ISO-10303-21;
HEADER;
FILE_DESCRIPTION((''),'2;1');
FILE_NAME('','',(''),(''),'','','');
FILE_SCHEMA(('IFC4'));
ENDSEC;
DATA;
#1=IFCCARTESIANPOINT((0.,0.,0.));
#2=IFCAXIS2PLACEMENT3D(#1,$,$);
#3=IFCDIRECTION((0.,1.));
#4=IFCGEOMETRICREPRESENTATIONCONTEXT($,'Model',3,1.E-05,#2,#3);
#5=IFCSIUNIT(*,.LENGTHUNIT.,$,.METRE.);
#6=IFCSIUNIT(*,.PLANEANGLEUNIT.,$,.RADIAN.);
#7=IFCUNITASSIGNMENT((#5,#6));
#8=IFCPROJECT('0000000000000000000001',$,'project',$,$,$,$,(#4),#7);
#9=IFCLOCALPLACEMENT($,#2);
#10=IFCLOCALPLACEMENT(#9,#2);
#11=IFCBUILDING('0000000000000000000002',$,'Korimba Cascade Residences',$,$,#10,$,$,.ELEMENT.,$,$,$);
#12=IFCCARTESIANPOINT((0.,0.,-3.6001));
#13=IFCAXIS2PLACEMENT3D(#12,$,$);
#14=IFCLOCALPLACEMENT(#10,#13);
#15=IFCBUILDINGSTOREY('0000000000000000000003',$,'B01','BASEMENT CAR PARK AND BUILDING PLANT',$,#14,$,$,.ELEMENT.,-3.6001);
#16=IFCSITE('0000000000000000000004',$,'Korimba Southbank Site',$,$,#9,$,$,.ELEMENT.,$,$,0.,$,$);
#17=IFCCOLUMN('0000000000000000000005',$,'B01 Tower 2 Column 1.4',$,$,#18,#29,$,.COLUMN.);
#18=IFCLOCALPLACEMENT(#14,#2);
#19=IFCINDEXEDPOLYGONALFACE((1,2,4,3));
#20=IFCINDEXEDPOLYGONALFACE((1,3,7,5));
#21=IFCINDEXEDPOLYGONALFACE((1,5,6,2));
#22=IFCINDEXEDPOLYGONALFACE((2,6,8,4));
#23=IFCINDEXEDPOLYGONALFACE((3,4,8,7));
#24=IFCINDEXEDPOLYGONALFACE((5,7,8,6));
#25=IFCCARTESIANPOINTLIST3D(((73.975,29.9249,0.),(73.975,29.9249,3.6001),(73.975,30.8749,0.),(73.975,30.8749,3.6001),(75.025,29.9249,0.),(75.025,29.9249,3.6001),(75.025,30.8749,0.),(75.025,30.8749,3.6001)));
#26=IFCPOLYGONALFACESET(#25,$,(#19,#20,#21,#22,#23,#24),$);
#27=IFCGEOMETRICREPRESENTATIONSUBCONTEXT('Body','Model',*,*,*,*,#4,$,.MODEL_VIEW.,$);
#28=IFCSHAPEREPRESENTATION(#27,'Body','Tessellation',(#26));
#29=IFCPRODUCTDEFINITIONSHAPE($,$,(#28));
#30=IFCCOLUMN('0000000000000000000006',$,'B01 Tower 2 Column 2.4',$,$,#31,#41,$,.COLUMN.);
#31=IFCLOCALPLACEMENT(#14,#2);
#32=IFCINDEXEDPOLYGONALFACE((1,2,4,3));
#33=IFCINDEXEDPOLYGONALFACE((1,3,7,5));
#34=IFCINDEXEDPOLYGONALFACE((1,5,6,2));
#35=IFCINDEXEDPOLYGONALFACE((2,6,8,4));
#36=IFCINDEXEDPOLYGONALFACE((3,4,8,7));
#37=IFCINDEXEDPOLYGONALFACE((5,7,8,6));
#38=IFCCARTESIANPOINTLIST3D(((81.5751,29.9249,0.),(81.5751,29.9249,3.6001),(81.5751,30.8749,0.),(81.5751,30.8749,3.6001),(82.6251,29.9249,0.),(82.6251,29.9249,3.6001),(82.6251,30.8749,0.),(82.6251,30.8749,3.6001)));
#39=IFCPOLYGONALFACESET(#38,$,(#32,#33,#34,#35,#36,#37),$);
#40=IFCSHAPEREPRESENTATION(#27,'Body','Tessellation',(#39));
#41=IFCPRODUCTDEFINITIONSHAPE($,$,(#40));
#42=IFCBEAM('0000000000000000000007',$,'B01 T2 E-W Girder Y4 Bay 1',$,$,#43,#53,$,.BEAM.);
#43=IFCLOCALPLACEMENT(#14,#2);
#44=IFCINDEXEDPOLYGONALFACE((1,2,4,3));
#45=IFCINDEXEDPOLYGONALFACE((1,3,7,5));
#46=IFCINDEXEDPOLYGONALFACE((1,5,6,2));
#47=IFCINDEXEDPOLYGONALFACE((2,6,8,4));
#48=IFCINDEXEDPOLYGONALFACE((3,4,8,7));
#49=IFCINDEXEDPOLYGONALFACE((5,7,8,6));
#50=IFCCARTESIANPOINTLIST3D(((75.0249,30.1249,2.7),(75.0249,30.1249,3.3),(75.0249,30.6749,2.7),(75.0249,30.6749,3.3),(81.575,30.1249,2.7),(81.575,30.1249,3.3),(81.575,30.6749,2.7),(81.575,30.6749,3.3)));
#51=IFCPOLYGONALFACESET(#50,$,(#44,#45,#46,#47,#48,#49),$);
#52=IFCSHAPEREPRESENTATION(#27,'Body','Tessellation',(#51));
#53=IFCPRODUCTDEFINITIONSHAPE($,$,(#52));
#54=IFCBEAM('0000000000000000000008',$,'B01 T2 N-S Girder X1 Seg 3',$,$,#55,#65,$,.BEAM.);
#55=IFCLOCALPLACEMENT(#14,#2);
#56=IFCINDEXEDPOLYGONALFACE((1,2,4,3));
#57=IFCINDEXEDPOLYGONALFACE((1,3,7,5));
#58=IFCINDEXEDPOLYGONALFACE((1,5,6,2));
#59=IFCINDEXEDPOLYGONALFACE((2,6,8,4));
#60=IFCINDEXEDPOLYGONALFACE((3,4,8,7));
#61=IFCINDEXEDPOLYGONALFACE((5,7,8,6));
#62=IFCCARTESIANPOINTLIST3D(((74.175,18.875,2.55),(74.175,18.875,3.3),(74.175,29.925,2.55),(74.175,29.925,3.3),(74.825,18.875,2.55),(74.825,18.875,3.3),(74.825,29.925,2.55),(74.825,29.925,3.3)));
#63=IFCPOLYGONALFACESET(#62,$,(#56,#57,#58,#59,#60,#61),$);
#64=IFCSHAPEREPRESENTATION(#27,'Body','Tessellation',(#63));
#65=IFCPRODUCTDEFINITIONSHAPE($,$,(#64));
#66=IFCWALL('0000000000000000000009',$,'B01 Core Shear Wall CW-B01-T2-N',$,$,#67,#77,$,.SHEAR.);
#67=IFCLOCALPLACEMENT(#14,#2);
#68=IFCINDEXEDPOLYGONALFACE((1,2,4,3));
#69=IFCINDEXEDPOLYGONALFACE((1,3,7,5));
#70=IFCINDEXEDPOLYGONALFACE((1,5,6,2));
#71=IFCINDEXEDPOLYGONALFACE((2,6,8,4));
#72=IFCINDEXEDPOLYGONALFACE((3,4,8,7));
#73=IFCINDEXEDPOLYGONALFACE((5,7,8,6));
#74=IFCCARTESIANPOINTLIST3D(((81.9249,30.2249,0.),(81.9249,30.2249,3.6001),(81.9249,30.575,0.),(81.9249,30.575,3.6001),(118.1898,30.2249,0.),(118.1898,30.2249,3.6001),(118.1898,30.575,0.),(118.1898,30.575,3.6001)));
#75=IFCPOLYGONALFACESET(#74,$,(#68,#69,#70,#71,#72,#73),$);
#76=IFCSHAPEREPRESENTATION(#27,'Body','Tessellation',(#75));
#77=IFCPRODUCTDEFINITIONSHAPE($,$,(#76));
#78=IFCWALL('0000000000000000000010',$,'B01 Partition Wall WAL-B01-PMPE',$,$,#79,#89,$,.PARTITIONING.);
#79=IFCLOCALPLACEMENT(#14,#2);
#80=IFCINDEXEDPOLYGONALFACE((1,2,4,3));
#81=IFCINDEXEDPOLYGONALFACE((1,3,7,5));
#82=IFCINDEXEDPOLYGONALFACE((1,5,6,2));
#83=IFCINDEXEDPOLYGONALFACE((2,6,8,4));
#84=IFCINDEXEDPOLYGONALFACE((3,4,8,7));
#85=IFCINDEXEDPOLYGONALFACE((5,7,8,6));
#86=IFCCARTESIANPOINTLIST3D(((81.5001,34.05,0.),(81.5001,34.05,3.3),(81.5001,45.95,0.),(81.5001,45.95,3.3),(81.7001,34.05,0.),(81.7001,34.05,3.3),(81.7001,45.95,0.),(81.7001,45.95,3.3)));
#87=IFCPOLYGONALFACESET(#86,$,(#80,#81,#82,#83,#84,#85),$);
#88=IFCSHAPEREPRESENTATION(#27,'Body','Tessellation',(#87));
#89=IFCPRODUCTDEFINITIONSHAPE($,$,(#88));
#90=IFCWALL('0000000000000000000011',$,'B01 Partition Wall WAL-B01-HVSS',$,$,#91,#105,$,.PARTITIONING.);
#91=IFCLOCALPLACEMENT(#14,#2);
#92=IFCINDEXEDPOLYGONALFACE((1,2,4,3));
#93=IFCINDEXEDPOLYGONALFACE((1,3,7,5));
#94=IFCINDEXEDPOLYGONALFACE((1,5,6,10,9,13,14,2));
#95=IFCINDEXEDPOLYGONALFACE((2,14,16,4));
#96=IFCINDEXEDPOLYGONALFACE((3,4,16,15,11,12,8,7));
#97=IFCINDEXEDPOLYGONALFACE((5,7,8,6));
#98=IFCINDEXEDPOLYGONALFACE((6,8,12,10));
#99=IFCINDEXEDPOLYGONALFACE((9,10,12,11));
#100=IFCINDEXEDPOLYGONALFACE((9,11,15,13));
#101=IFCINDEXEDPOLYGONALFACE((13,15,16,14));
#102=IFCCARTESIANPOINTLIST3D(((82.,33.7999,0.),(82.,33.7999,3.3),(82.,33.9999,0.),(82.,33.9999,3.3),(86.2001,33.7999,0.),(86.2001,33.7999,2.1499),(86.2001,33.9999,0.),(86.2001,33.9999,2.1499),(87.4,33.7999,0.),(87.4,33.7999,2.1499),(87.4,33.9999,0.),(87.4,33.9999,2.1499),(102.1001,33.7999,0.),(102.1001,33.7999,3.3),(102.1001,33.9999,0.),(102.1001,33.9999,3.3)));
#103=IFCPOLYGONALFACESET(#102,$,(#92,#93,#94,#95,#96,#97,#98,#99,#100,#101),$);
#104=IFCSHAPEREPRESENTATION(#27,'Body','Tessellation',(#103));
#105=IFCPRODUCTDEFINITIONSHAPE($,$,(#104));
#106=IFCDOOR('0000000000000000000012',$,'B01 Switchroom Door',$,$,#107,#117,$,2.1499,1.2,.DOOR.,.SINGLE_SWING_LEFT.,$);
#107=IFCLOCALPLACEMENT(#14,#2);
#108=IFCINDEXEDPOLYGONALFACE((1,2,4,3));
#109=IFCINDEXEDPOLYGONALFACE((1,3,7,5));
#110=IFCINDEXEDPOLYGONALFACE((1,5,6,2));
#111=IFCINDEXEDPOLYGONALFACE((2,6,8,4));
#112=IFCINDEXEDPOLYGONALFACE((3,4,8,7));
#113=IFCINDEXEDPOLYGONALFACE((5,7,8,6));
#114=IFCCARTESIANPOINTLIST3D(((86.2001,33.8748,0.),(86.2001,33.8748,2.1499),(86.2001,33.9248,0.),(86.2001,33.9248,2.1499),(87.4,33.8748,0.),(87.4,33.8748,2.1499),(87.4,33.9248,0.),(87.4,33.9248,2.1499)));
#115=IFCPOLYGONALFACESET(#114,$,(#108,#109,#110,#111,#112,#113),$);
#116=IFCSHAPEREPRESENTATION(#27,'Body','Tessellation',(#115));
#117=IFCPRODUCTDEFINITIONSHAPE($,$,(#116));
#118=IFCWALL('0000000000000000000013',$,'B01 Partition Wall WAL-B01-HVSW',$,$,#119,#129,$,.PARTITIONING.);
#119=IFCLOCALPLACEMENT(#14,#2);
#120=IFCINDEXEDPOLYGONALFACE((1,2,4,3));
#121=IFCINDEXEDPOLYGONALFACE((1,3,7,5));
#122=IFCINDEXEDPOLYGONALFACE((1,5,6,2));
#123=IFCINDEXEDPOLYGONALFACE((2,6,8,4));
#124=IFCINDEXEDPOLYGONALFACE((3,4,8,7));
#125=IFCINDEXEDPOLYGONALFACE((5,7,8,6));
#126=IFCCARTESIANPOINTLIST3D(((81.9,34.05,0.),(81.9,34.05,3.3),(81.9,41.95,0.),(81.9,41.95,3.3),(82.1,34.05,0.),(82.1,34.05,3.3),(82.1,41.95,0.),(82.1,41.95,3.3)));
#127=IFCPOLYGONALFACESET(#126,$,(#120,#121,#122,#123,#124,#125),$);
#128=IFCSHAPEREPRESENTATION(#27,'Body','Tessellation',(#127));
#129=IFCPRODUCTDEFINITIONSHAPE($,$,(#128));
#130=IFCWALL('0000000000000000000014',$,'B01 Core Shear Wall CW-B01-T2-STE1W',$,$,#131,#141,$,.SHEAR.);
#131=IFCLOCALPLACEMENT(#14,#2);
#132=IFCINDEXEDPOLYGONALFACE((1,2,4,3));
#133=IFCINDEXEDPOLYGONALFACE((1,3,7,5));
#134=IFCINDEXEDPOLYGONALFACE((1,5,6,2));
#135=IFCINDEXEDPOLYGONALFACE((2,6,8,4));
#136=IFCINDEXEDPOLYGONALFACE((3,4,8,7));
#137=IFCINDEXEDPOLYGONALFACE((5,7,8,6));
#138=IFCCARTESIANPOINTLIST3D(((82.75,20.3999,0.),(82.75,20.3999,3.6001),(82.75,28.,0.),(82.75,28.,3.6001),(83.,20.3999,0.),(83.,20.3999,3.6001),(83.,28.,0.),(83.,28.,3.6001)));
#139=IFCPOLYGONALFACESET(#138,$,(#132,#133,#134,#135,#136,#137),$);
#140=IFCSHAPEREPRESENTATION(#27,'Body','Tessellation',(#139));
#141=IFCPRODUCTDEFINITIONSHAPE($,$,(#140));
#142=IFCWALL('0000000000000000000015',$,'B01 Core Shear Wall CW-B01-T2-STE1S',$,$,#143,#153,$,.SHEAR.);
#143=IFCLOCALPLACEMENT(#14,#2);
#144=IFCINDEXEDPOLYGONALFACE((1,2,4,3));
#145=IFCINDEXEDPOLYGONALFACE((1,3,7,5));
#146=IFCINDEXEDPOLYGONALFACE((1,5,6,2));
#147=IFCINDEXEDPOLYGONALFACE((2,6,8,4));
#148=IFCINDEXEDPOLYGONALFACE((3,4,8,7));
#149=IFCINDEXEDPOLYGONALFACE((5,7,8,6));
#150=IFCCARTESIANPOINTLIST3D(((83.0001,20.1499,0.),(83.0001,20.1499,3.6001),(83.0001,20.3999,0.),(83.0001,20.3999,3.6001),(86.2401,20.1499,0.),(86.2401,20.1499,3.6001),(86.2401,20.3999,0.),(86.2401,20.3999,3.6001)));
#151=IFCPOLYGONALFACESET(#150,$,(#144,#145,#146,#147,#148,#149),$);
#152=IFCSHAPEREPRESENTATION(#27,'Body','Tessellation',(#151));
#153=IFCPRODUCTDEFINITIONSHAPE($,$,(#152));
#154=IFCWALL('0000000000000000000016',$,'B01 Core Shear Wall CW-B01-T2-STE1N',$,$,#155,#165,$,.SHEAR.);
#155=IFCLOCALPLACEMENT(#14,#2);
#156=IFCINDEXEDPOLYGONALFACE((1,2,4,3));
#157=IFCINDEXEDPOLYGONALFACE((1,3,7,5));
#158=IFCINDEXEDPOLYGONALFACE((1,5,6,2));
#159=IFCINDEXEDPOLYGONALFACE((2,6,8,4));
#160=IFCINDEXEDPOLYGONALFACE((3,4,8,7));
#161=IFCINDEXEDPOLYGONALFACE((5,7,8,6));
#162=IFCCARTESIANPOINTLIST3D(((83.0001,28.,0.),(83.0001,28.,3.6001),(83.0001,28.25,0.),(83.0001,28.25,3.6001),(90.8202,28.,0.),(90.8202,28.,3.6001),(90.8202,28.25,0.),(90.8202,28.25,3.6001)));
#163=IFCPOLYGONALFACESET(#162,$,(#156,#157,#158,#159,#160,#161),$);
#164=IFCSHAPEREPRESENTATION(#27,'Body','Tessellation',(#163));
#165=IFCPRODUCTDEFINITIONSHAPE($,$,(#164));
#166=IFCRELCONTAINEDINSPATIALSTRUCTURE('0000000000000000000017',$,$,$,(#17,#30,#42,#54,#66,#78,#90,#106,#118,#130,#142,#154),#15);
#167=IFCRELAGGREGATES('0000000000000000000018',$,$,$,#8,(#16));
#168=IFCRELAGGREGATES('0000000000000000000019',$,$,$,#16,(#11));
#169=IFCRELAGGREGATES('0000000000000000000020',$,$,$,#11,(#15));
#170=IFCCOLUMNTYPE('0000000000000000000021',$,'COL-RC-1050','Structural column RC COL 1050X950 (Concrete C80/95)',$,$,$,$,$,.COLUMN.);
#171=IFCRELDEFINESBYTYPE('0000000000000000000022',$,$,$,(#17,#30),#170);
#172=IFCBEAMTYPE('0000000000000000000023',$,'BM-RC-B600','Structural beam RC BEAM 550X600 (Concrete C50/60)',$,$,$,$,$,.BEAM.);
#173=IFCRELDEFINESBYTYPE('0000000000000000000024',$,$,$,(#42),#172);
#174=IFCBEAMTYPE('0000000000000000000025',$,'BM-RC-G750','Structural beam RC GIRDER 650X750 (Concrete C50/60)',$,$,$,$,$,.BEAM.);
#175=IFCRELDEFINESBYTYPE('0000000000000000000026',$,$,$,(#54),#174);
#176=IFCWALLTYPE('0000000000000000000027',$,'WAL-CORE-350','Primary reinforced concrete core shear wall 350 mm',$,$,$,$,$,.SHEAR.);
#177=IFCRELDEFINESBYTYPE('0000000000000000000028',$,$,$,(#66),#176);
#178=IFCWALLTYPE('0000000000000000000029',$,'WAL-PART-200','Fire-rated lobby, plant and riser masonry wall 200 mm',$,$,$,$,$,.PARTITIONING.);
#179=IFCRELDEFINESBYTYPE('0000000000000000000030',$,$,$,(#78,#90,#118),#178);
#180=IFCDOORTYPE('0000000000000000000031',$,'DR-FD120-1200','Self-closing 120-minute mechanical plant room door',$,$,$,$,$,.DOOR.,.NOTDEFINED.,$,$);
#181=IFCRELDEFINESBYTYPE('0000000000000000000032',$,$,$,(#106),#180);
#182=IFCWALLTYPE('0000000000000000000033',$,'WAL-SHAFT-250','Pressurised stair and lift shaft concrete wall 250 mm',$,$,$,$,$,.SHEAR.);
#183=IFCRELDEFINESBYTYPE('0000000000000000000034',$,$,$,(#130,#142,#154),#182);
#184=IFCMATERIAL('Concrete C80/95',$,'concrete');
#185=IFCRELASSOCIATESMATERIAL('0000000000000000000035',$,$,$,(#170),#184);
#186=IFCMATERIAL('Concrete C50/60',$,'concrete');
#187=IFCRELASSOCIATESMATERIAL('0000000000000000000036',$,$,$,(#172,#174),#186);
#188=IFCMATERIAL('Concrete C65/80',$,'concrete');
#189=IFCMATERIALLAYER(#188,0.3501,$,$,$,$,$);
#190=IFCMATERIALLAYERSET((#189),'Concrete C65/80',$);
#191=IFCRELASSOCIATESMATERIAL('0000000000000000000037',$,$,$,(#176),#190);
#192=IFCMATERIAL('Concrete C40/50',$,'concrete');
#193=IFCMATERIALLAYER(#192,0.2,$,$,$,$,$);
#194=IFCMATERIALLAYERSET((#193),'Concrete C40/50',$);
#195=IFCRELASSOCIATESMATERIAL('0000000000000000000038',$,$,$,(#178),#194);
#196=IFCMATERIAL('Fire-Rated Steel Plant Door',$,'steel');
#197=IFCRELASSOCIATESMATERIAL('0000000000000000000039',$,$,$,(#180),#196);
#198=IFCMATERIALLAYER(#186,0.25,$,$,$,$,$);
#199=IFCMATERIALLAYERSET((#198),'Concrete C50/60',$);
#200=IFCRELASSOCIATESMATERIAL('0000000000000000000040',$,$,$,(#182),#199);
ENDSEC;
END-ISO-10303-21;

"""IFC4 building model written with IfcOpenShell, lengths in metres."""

from ifc_helpers import new_model, si_unit, direction, frame, frame_2d, origin, origin_2d, place, context, subcontext, project, spatial, rectangle, extrude, material, layer, layer_set, material_profile, profile_set, type_object, element, fill, save


model = new_model("IFC4")

# Units and contexts
model_context = context("Model", 3, precision=1e-05, world=origin(), true_north=direction((0.0, 1.0)))
body_context = subcontext(model_context, "Body", "Model", "MODEL_VIEW")
ifc_project = project(units=[si_unit("LENGTHUNIT", "METRE"), si_unit("PLANEANGLEUNIT", "RADIAN")], contexts=[model_context])

# Site, building, storey
site_placement = place(None, origin())
site = spatial("IfcSite", under=ifc_project, at=site_placement, Name="Korimba Southbank Site", CompositionType="ELEMENT", RefElevation=0.0)
building_placement = place(site_placement, origin())
building = spatial("IfcBuilding", under=site, at=building_placement, Name="Korimba Cascade Residences", CompositionType="ELEMENT")
storey_placement = place(building_placement, frame((0.0, 0.0, -3.6001)))
storey = spatial("IfcBuildingStorey", under=building, at=storey_placement, Name="B01", Description="BASEMENT CAR PARK AND BUILDING PLANT", CompositionType="ELEMENT", Elevation=-3.6001)

# Columns
ifc_material_1 = material(Name="Concrete C80/95", Category="concrete")
ifc_material_profile_1 = material_profile(ifc_material_1, rectangle(XDim=1.05, YDim=0.95, at=origin_2d()), Name="Concrete C80/95")
ifc_profile_set_1 = profile_set([ifc_material_profile_1], Name="Concrete C80/95")
column_type = type_object("IfcColumnType", Name="COL-RC-1050", Description="Structural column RC COL 1050X950 (Concrete C80/95)", PredefinedType="COLUMN", material=ifc_profile_set_1)
for number, where, z_axis, x_axis, name in (
    (1, (74.5, 30.3999, 0.0), (0.0, 0.0, 1.0), (1.0, 0.0, 0.0), "B01 Tower 2 Column 1.4"),
    (2, (82.1001, 30.3999, 0.0), (0.0, 0.0, 1.0), (1.0, 0.0, 0.0), "B01 Tower 2 Column 2.4"),
):
    element("IfcColumn", number, at=place(storey_placement, frame(where, z_axis=z_axis, x_axis=x_axis)), inside=storey, type_object=column_type, Name=name, PredefinedType="COLUMN", context=body_context, shape_type="SweptSolid", body=[
        extrude(rectangle(XDim=1.05, YDim=0.95, at=origin_2d()), origin(), (0.0, 0.0, 1.0), 3.6001),
    ])

# Beams
ifc_material_2 = material(Name="Concrete C50/60", Category="concrete")
ifc_material_profile_2 = material_profile(ifc_material_2, rectangle(XDim=0.55, YDim=0.6001, at=origin_2d()), Name="Concrete C50/60")
ifc_profile_set_2 = profile_set([ifc_material_profile_2], Name="Concrete C50/60")
beam_type_1 = type_object("IfcBeamType", Name="BM-RC-B600", Description="Structural beam RC BEAM 550X600 (Concrete C50/60)", PredefinedType="BEAM", material=ifc_profile_set_2)
beam_1_placement = place(storey_placement, frame((75.0249, 30.3999, 3.0), z_axis=(1.0, 0.0, 0.0), x_axis=(0.0, 1.0, 0.0)))
element("IfcBeam", 3, at=beam_1_placement, inside=storey, type_object=beam_type_1, Name="B01 T2 E-W Girder Y4 Bay 1", PredefinedType="BEAM", context=body_context, shape_type="SweptSolid", body=[
    extrude(rectangle(XDim=0.55, YDim=0.6001, at=origin_2d()), origin(), (0.0, 0.0, 1.0), 6.55),
])
ifc_material_profile_3 = material_profile(ifc_material_2, rectangle(XDim=0.6499, YDim=0.75, at=origin_2d()), Name="Concrete C50/60")
ifc_profile_set_3 = profile_set([ifc_material_profile_3], Name="Concrete C50/60")
beam_type_2 = type_object("IfcBeamType", Name="BM-RC-G750", Description="Structural beam RC GIRDER 650X750 (Concrete C50/60)", PredefinedType="BEAM", material=ifc_profile_set_3)
beam_2_placement = place(storey_placement, frame((74.5, 18.875, 2.925), z_axis=(0.0, 1.0, 0.0), x_axis=(-1.0, 0.0, 0.0)))
element("IfcBeam", 4, at=beam_2_placement, inside=storey, type_object=beam_type_2, Name="B01 T2 N-S Girder X1 Seg 3", PredefinedType="BEAM", context=body_context, shape_type="SweptSolid", body=[
    extrude(rectangle(XDim=0.6499, YDim=0.75, at=origin_2d()), origin(), (0.0, 0.0, 1.0), 11.05),
])

# Walls
ifc_material_3 = material(Name="Concrete C65/80", Category="concrete")
ifc_layer_1 = layer(ifc_material_3, 0.3501)
ifc_layer_set_1 = layer_set([ifc_layer_1], Name="Concrete C65/80")
wall_type_1 = type_object("IfcWallType", Name="WAL-CORE-350", Description="Primary reinforced concrete core shear wall 350 mm", PredefinedType="SHEAR", material=ifc_layer_set_1)
wall_1_placement = place(storey_placement, frame((81.925, 30.3999, 0.0), z_axis=(0.0, 0.0, 1.0), x_axis=(1.0, 0.0, 0.0)))
element("IfcWall", 5, at=wall_1_placement, inside=storey, type_object=wall_type_1, Name="B01 Core Shear Wall CW-B01-T2-N", PredefinedType="SHEAR", context=body_context, shape_type="SweptSolid", body=[
    extrude(rectangle(XDim=36.2649, YDim=0.3501, at=frame_2d((18.1323, 0.0))), origin(), (0.0, 0.0, 1.0), 3.6001),
])
ifc_material_4 = material(Name="Concrete C40/50", Category="concrete")
ifc_layer_2 = layer(ifc_material_4, 0.2)
ifc_layer_set_2 = layer_set([ifc_layer_2], Name="Concrete C40/50")
wall_type_2 = type_object("IfcWallType", Name="WAL-PART-200", Description="Fire-rated lobby, plant and riser masonry wall 200 mm", PredefinedType="PARTITIONING", material=ifc_layer_set_2)
wall_2_placement = place(storey_placement, frame((81.6001, 34.05, 0.0), z_axis=(0.0, 0.0, 1.0), x_axis=(0.0, 1.0, 0.0)))
element("IfcWall", 6, at=wall_2_placement, inside=storey, type_object=wall_type_2, Name="B01 Partition Wall WAL-B01-PMPE", PredefinedType="PARTITIONING", context=body_context, shape_type="SweptSolid", body=[
    extrude(rectangle(XDim=11.8999, YDim=0.2, at=frame_2d((5.95, 0.0))), origin(), (0.0, 0.0, 1.0), 3.3),
])

# Wall, opening, door
wall_3_placement = place(storey_placement, frame((82.0, 33.8999, 0.0), z_axis=(0.0, 0.0, 1.0), x_axis=(1.0, 0.0, 0.0)))
wall_3 = element("IfcWall", 7, at=wall_3_placement, inside=storey, type_object=wall_type_2, Name="B01 Partition Wall WAL-B01-HVSS", PredefinedType="PARTITIONING", context=body_context, shape_type="SweptSolid", body=[
    extrude(rectangle(XDim=20.1001, YDim=0.2, at=frame_2d((10.05, 0.0))), origin(), (0.0, 0.0, 1.0), 3.3),
])
opening_placement = place(wall_3_placement, frame((4.2, 0.0, 0.0)))
opening = element("IfcOpeningElement", 8, at=opening_placement, cuts=wall_3, PredefinedType="OPENING", context=body_context, shape_type="SweptSolid", body=[
    extrude(rectangle(XDim=1.2, YDim=2.1499, at=frame_2d((0.6001, 1.075))), frame((0.0, 0.1099, 0.0), z_axis=(0.0, -1.0, 0.0), x_axis=(1.0, 0.0, 0.0)), (0.0, 0.0, 1.0), 0.22),
])
ifc_material_5 = material(Name="Fire-Rated Steel Plant Door", Category="steel")
door_type = type_object("IfcDoorType", Name="DR-FD120-1200", Description="Self-closing 120-minute mechanical plant room door", OperationType="NOTDEFINED", PredefinedType="DOOR", material=ifc_material_5)
door_placement = place(opening_placement, origin())
door = element("IfcDoor", 9, at=door_placement, inside=storey, type_object=door_type, Name="B01 Switchroom Door", OperationType="SINGLE_SWING_LEFT", OverallHeight=2.1499, OverallWidth=1.2, PredefinedType="DOOR", context=body_context, shape_type="SweptSolid", body=[
    extrude(rectangle(XDim=1.2, YDim=2.1499, at=frame_2d((0.6001, 1.075))), frame((0.0, 0.0249, 0.0), z_axis=(0.0, -1.0, 0.0), x_axis=(1.0, 0.0, 0.0)), (0.0, 0.0, 1.0), 0.05),
])
fill(opening, door)

# Walls
wall_4_placement = place(storey_placement, frame((82.0, 34.05, 0.0), z_axis=(0.0, 0.0, 1.0), x_axis=(0.0, 1.0, 0.0)))
element("IfcWall", 10, at=wall_4_placement, inside=storey, type_object=wall_type_2, Name="B01 Partition Wall WAL-B01-HVSW", PredefinedType="PARTITIONING", context=body_context, shape_type="SweptSolid", body=[
    extrude(rectangle(XDim=7.8999, YDim=0.2, at=frame_2d((3.95, 0.0))), origin(), (0.0, 0.0, 1.0), 3.3),
])
ifc_layer_3 = layer(ifc_material_2, 0.25)
ifc_layer_set_3 = layer_set([ifc_layer_3], Name="Concrete C50/60")
wall_type_3 = type_object("IfcWallType", Name="WAL-SHAFT-250", Description="Pressurised stair and lift shaft concrete wall 250 mm", PredefinedType="SHEAR", material=ifc_layer_set_3)
wall_5_placement = place(storey_placement, frame((82.875, 20.3999, 0.0), z_axis=(0.0, 0.0, 1.0), x_axis=(0.0, 1.0, 0.0)))
element("IfcWall", 11, at=wall_5_placement, inside=storey, type_object=wall_type_3, Name="B01 Core Shear Wall CW-B01-T2-STE1W", PredefinedType="SHEAR", context=body_context, shape_type="SweptSolid", body=[
    extrude(rectangle(XDim=7.6001, YDim=0.25, at=frame_2d((3.8, 0.0))), origin(), (0.0, 0.0, 1.0), 3.6001),
])
wall_6_placement = place(storey_placement, frame((83.0, 20.2749, 0.0), z_axis=(0.0, 0.0, 1.0), x_axis=(1.0, 0.0, 0.0)))
element("IfcWall", 12, at=wall_6_placement, inside=storey, type_object=wall_type_3, Name="B01 Core Shear Wall CW-B01-T2-STE1S", PredefinedType="SHEAR", context=body_context, shape_type="SweptSolid", body=[
    extrude(rectangle(XDim=3.24, YDim=0.25, at=frame_2d((1.6201, 0.0))), origin(), (0.0, 0.0, 1.0), 3.6001),
])
wall_7_placement = place(storey_placement, frame((83.0, 28.125, 0.0), z_axis=(0.0, 0.0, 1.0), x_axis=(1.0, 0.0, 0.0)))
element("IfcWall", 13, at=wall_7_placement, inside=storey, type_object=wall_type_3, Name="B01 Core Shear Wall CW-B01-T2-STE1N", PredefinedType="SHEAR", context=body_context, shape_type="SweptSolid", body=[
    extrude(rectangle(XDim=7.8201, YDim=0.25, at=frame_2d((3.9102, 0.0))), origin(), (0.0, 0.0, 1.0), 3.6001),
])

save(model, "model.ifc")
